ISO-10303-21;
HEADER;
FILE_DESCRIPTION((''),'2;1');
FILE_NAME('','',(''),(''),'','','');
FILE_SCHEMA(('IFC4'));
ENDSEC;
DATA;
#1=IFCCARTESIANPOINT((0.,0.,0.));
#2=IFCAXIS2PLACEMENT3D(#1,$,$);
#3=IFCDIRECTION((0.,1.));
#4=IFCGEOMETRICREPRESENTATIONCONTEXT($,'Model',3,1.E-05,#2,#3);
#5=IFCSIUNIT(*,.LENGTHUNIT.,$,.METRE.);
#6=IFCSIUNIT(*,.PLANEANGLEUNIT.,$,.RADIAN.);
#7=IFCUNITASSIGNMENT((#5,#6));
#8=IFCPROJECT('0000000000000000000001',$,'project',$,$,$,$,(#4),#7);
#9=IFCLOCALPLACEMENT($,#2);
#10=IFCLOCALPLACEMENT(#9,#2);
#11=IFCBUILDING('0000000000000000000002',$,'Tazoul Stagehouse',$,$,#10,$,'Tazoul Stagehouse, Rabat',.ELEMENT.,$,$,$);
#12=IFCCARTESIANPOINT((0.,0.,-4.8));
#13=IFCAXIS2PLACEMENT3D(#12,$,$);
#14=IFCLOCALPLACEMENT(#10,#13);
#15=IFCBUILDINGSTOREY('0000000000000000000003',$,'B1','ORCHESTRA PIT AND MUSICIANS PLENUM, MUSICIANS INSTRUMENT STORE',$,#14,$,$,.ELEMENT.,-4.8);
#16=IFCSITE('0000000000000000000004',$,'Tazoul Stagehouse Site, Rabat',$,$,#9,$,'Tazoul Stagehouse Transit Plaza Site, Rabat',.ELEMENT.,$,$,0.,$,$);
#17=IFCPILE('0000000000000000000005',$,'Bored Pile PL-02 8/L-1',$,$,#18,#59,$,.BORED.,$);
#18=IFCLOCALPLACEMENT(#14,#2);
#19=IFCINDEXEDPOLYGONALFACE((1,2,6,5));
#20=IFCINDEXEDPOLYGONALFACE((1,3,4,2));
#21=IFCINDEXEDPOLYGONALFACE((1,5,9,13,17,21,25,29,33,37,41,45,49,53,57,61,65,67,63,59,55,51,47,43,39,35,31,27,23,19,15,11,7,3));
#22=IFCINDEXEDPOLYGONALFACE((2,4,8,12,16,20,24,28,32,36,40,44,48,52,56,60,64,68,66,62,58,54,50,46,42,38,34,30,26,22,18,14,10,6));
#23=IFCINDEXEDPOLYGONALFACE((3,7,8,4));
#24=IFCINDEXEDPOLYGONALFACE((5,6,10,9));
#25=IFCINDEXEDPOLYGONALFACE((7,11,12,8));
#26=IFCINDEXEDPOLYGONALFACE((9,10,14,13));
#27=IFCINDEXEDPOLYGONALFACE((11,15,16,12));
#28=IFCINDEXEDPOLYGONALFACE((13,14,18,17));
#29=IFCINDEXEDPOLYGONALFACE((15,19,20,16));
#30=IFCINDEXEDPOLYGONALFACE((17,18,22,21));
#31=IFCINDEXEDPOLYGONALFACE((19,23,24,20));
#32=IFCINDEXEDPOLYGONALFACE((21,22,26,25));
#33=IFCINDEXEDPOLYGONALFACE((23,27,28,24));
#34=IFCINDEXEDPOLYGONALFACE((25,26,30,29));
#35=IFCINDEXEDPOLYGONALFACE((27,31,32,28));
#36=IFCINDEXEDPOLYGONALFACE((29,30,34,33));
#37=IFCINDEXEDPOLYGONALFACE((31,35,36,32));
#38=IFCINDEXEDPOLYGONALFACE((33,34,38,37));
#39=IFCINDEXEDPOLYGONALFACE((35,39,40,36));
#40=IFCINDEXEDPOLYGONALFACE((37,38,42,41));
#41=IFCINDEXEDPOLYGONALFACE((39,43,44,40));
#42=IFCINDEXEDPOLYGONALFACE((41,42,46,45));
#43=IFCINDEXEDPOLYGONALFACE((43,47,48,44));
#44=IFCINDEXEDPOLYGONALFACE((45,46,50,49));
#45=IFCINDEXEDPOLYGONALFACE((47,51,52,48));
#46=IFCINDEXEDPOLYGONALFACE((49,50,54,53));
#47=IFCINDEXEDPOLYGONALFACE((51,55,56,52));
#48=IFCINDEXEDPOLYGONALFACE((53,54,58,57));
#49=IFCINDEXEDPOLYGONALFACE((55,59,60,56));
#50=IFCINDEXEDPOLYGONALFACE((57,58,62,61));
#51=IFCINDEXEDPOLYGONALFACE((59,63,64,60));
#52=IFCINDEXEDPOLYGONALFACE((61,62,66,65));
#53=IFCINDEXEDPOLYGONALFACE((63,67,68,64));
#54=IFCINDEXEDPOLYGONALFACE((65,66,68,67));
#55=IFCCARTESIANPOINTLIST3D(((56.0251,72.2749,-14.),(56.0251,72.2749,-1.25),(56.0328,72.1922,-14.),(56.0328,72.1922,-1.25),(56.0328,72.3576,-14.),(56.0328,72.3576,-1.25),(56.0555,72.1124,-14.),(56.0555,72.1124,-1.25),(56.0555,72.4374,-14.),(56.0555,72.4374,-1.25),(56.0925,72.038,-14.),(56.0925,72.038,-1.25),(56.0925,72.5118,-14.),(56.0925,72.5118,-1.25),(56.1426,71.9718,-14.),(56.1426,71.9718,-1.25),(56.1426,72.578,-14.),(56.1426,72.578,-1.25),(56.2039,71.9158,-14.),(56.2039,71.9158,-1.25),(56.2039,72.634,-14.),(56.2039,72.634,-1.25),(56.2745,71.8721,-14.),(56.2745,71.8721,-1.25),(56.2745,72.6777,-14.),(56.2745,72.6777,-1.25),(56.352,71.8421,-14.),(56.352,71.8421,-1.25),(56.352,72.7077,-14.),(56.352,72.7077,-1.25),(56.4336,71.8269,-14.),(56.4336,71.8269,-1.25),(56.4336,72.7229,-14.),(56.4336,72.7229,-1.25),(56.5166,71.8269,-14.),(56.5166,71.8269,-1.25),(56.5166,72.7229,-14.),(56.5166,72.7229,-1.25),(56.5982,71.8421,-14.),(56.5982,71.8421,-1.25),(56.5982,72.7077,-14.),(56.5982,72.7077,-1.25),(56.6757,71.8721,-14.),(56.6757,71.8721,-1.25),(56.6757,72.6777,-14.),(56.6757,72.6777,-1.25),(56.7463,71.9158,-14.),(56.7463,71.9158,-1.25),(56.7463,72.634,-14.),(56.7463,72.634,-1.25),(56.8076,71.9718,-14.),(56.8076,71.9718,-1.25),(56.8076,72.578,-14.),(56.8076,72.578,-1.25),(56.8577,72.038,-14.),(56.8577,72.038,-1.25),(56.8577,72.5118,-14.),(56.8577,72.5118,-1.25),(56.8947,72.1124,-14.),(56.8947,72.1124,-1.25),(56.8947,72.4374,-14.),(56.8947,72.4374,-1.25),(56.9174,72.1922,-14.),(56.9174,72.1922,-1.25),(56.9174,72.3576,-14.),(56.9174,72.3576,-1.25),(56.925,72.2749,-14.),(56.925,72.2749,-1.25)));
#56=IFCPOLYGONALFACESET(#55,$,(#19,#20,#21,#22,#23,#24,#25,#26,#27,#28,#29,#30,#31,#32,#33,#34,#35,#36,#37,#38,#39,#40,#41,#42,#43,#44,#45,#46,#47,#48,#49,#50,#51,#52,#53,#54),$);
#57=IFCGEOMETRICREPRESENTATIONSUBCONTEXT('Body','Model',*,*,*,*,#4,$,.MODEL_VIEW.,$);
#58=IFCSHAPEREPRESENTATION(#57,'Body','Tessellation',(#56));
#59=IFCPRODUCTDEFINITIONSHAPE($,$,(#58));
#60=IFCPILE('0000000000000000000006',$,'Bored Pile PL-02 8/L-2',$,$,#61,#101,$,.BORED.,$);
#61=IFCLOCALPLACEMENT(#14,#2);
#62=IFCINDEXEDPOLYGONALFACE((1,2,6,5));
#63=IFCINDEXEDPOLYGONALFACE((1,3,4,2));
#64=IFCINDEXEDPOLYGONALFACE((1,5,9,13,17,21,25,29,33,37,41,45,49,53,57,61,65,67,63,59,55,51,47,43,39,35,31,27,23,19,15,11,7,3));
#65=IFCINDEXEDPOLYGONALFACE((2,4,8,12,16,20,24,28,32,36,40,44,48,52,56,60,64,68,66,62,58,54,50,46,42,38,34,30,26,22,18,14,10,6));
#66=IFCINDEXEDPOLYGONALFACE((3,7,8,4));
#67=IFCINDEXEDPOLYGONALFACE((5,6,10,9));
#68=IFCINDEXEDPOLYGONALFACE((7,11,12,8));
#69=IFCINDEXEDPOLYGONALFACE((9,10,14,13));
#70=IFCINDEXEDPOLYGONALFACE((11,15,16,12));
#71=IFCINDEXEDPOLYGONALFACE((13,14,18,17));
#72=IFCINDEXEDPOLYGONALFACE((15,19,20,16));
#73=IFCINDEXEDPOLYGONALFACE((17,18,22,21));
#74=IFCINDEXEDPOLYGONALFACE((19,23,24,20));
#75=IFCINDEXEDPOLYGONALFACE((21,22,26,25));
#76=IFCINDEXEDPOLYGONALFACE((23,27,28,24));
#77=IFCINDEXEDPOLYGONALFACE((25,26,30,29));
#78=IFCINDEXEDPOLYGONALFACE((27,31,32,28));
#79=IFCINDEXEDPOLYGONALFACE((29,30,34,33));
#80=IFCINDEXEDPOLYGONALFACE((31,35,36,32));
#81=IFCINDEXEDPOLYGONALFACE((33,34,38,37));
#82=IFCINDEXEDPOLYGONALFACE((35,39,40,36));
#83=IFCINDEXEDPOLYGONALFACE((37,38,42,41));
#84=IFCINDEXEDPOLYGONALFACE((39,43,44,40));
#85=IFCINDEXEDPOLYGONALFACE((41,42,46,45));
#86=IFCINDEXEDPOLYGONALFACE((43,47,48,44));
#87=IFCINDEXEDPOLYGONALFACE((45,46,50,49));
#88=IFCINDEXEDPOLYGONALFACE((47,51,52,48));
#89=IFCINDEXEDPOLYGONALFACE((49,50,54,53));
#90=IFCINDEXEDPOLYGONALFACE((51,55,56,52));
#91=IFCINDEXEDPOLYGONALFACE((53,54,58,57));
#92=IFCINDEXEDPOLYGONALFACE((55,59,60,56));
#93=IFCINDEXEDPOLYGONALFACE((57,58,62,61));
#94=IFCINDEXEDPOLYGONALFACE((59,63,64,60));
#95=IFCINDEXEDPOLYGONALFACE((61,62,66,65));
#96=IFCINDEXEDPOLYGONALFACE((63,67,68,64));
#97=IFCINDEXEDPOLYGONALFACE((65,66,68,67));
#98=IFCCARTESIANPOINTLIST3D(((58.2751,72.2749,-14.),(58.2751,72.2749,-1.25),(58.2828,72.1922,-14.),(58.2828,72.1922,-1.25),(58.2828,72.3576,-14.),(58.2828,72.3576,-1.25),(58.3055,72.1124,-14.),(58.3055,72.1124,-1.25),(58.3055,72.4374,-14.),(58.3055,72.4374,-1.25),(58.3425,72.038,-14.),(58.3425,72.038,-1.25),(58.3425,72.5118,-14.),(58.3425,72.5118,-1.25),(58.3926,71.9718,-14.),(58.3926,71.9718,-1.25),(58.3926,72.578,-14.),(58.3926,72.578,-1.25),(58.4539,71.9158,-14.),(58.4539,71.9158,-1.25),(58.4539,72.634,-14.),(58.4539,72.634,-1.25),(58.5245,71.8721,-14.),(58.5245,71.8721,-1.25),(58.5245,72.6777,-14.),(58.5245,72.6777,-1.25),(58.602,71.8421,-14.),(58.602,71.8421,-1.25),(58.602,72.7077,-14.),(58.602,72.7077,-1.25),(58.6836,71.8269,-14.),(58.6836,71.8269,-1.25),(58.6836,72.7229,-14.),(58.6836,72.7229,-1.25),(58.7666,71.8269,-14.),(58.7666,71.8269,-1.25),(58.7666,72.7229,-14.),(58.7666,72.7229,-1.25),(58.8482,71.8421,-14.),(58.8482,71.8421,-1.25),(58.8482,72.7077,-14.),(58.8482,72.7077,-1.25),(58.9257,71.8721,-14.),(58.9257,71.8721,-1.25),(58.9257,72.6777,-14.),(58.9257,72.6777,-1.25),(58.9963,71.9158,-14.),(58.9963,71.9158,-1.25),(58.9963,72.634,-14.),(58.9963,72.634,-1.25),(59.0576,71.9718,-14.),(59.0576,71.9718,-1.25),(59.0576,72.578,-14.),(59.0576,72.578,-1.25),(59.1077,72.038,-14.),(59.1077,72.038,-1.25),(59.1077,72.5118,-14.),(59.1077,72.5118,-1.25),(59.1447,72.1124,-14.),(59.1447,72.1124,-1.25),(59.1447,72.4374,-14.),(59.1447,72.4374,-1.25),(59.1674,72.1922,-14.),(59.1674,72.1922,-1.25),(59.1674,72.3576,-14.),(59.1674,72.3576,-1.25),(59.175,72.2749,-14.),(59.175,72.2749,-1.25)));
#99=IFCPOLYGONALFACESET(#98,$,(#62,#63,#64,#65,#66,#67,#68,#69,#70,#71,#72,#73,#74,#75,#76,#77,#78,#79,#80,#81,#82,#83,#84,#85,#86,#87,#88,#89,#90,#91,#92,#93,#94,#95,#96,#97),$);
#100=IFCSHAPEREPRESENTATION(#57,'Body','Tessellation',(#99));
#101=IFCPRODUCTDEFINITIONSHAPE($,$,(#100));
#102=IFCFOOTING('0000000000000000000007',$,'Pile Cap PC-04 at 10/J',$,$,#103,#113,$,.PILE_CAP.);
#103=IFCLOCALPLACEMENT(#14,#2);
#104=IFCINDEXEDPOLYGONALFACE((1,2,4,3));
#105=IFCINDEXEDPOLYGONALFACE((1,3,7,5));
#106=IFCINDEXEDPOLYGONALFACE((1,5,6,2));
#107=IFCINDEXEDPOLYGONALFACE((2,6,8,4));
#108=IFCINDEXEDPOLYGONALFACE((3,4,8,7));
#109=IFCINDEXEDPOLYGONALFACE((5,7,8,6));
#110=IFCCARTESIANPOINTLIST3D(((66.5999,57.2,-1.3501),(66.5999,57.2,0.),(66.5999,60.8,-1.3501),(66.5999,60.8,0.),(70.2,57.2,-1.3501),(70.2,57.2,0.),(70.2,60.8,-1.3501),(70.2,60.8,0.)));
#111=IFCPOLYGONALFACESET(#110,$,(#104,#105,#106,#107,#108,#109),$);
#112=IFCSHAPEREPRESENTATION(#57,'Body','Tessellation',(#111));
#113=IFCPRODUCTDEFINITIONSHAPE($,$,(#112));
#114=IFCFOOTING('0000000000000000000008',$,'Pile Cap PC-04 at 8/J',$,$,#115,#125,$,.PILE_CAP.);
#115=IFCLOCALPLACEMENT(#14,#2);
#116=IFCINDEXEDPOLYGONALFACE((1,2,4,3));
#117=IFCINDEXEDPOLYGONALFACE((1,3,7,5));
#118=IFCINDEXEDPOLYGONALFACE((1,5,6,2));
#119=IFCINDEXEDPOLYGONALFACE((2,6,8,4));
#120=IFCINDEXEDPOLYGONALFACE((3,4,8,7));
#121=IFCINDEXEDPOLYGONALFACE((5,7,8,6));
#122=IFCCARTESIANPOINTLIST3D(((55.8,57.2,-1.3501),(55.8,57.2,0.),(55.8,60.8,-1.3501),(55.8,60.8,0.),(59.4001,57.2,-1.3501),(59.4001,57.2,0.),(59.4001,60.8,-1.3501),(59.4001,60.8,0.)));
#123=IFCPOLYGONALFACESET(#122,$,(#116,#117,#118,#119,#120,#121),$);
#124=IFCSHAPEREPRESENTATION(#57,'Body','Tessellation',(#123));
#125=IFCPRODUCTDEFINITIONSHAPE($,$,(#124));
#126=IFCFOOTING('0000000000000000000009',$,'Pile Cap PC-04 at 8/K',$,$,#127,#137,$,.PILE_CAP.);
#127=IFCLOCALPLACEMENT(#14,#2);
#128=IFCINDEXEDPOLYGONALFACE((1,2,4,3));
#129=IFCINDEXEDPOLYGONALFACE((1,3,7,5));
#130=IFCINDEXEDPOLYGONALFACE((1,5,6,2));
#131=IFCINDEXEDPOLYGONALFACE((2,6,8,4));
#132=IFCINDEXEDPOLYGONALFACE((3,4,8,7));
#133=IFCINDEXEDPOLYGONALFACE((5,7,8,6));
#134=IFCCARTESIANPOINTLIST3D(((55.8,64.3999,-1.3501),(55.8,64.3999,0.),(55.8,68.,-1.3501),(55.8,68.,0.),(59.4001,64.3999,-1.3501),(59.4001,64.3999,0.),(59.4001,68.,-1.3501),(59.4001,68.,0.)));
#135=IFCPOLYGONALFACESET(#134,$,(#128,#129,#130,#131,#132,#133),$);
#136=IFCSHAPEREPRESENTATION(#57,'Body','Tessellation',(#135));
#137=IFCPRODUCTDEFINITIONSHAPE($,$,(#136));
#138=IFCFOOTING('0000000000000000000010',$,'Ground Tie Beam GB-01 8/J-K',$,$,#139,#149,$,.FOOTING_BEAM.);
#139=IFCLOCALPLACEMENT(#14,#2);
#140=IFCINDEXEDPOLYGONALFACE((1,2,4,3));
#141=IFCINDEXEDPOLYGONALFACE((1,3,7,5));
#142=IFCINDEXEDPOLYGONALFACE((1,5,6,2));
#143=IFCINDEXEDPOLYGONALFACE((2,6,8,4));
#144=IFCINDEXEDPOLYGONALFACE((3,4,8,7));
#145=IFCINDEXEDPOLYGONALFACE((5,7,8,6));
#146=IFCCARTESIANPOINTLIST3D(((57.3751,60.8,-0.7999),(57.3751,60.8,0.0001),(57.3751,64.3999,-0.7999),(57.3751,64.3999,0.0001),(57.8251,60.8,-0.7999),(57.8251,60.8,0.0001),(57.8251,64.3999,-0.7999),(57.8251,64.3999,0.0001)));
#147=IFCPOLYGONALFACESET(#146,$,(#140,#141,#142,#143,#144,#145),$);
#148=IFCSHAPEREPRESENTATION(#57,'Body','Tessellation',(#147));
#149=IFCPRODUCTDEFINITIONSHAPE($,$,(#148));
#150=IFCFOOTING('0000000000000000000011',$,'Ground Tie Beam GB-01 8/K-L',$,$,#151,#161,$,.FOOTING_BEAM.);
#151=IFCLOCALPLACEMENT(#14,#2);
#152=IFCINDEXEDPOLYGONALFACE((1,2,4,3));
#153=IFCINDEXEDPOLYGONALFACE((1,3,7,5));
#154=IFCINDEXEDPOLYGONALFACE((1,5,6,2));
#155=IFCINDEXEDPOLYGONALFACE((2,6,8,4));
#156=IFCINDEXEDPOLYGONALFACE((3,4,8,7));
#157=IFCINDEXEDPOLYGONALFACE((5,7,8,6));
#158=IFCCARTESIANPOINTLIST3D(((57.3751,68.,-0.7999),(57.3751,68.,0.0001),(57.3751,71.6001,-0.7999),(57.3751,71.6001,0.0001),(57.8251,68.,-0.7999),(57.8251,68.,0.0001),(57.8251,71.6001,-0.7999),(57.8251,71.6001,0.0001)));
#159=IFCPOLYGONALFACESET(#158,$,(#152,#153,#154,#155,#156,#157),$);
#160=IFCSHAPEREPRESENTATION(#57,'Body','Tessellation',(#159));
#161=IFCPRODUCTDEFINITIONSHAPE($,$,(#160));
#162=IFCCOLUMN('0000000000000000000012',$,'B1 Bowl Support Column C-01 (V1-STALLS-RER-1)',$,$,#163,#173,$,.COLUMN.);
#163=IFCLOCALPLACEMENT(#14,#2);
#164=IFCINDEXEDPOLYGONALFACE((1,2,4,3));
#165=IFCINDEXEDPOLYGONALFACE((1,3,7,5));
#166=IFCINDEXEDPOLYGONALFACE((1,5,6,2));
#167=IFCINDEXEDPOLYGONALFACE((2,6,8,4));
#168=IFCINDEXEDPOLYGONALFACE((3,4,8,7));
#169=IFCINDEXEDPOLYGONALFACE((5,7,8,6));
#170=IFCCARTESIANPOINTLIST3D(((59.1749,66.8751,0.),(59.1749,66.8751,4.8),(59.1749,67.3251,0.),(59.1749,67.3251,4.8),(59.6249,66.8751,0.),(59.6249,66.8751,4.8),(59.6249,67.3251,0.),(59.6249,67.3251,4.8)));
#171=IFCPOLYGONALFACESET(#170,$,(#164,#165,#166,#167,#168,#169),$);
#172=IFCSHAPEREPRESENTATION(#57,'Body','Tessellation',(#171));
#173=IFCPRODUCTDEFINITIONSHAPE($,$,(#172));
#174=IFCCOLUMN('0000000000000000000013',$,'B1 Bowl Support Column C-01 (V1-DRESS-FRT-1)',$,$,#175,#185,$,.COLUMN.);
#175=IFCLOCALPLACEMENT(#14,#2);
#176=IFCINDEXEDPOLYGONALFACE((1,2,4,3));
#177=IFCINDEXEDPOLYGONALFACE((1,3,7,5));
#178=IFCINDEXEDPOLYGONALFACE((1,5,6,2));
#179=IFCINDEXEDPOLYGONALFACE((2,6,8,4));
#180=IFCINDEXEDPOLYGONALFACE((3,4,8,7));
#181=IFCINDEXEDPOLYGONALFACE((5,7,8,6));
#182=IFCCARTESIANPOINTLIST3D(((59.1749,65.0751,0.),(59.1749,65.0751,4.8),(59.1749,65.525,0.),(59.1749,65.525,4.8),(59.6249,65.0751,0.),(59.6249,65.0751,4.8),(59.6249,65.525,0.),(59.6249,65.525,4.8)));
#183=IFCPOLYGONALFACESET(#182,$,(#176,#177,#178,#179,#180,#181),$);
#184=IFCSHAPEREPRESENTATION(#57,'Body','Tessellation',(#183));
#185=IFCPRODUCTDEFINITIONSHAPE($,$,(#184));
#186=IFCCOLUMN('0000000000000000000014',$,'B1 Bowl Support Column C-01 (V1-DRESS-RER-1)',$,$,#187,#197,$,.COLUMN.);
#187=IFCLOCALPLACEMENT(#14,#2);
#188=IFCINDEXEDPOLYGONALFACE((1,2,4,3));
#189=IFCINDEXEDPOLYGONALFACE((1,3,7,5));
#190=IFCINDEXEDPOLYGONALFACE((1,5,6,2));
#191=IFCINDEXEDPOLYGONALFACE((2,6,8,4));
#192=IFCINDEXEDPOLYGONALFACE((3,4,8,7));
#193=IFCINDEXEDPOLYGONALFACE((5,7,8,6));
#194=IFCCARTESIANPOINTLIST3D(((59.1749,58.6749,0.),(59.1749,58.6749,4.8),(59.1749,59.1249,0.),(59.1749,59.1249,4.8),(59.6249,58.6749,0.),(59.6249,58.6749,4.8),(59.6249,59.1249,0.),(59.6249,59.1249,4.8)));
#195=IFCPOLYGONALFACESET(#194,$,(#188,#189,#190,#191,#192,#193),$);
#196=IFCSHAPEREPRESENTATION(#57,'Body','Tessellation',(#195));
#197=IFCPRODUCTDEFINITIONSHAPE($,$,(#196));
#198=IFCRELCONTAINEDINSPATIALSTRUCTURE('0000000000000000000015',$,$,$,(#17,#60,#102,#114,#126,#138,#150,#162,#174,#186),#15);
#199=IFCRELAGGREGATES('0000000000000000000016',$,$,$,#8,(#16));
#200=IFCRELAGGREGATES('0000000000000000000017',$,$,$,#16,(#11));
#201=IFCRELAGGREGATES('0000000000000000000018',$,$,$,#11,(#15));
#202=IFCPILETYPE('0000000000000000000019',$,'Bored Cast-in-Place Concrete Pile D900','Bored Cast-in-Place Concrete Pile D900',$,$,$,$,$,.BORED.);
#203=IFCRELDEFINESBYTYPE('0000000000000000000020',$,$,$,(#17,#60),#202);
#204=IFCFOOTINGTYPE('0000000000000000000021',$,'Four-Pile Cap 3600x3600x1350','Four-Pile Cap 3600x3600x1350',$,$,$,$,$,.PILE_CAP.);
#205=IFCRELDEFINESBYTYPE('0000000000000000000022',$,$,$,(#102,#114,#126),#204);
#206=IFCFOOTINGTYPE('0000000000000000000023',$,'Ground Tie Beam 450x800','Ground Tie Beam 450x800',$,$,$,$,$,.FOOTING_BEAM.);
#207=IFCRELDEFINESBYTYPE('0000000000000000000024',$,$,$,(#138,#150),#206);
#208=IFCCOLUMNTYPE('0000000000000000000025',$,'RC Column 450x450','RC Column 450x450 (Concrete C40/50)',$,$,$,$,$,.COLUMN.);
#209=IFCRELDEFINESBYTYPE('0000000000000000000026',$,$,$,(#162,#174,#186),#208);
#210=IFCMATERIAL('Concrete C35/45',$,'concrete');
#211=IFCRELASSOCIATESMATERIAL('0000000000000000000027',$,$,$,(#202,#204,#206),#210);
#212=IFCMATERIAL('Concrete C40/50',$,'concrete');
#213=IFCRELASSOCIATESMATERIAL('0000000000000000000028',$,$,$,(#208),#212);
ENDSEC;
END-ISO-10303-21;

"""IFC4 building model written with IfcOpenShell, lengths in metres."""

from ifc_helpers import new_model, si_unit, direction, frame, origin, origin_2d, place, context, subcontext, project, spatial, rectangle, circle, extrude, material, material_profile, profile_set, type_object, element, save


model = new_model("IFC4")

# Units and contexts
model_context = context("Model", 3, precision=1e-05, world=origin(), true_north=direction((0.0, 1.0)))
body_context = subcontext(model_context, "Body", "Model", "MODEL_VIEW")
ifc_project = project(units=[si_unit("LENGTHUNIT", "METRE"), si_unit("PLANEANGLEUNIT", "RADIAN")], contexts=[model_context])

# Site, building, storey
site_placement = place(None, origin())
site = spatial("IfcSite", under=ifc_project, at=site_placement, Name="Tazoul Stagehouse Site, Rabat", LongName="Tazoul Stagehouse Transit Plaza Site, Rabat", CompositionType="ELEMENT", RefElevation=0.0)
building_placement = place(site_placement, origin())
building = spatial("IfcBuilding", under=site, at=building_placement, Name="Tazoul Stagehouse", LongName="Tazoul Stagehouse, Rabat", CompositionType="ELEMENT")
storey_placement = place(building_placement, frame((0.0, 0.0, -4.8)))
storey = spatial("IfcBuildingStorey", under=building, at=storey_placement, Name="B1", Description="ORCHESTRA PIT AND MUSICIANS PLENUM, MUSICIANS INSTRUMENT STORE", CompositionType="ELEMENT", Elevation=-4.8)

# Piles
ifc_material_1 = material(Name="Concrete C35/45", Category="concrete")
ifc_material_profile_1 = material_profile(ifc_material_1, circle(Radius=0.45, at=origin_2d()), Name="BORED PILE 900")
ifc_profile_set_1 = profile_set([ifc_material_profile_1], Name="Concrete C35/45")
pile_type = type_object("IfcPileType", Name="Bored Cast-in-Place Concrete Pile D900", Description="Bored Cast-in-Place Concrete Pile D900", PredefinedType="BORED", material=ifc_profile_set_1)
for number, where, z_axis, x_axis, name in (
    (1, (56.4751, 72.2749, -1.25), (0.0, 0.0, -1.0), (1.0, 0.0, 0.0), "Bored Pile PL-02 8/L-1"),
    (2, (58.7251, 72.2749, -1.25), (0.0, 0.0, -1.0), (1.0, 0.0, 0.0), "Bored Pile PL-02 8/L-2"),
):
    element("IfcPile", number, at=place(storey_placement, frame(where, z_axis=z_axis, x_axis=x_axis)), inside=storey, type_object=pile_type, Name=name, PredefinedType="BORED", context=body_context, shape_type="SweptSolid", body=[
        extrude(circle(Radius=0.45, at=origin_2d()), origin(), (0.0, 0.0, 1.0), 12.75),
    ])

# Footings
footing_type_1 = type_object("IfcFootingType", Name="Four-Pile Cap 3600x3600x1350", Description="Four-Pile Cap 3600x3600x1350", PredefinedType="PILE_CAP", material=ifc_material_1)
for number, where, z_axis, x_axis, name in (
    (3, (68.3999, 59.0, -1.3501), (0.0, 0.0, 1.0), (1.0, 0.0, 0.0), "Pile Cap PC-04 at 10/J"),
    (4, (57.6001, 59.0, -1.3501), (0.0, 0.0, 1.0), (1.0, 0.0, 0.0), "Pile Cap PC-04 at 8/J"),
    (5, (57.6001, 66.2, -1.3501), (0.0, 0.0, 1.0), (1.0, 0.0, 0.0), "Pile Cap PC-04 at 8/K"),
):
    element("IfcFooting", number, at=place(storey_placement, frame(where, z_axis=z_axis, x_axis=x_axis)), inside=storey, type_object=footing_type_1, Name=name, PredefinedType="PILE_CAP", context=body_context, shape_type="SweptSolid", body=[
        extrude(rectangle(XDim=3.6001, YDim=3.6001, at=origin_2d()), origin(), (0.0, 0.0, 1.0), 1.3501),
    ])
ifc_material_profile_2 = material_profile(ifc_material_1, rectangle(XDim=0.45, YDim=0.8, at=origin_2d()), Name="RC 450x800")
ifc_profile_set_2 = profile_set([ifc_material_profile_2], Name="Concrete C35/45")
footing_type_2 = type_object("IfcFootingType", Name="Ground Tie Beam 450x800", Description="Ground Tie Beam 450x800", PredefinedType="FOOTING_BEAM", material=ifc_profile_set_2)
footing_1_placement = place(storey_placement, frame((57.6001, 60.8, -0.3999), z_axis=(0.0, 1.0, 0.0), x_axis=(-1.0, 0.0, 0.0)))
element("IfcFooting", 6, at=footing_1_placement, inside=storey, type_object=footing_type_2, Name="Ground Tie Beam GB-01 8/J-K", PredefinedType="FOOTING_BEAM", context=body_context, shape_type="SweptSolid", body=[
    extrude(rectangle(XDim=0.45, YDim=0.8, at=origin_2d()), origin(), (0.0, 0.0, 1.0), 3.5999),
])
footing_2_placement = place(storey_placement, frame((57.6001, 68.0, -0.3999), z_axis=(0.0, 1.0, 0.0), x_axis=(-1.0, 0.0, 0.0)))
element("IfcFooting", 7, at=footing_2_placement, inside=storey, type_object=footing_type_2, Name="Ground Tie Beam GB-01 8/K-L", PredefinedType="FOOTING_BEAM", context=body_context, shape_type="SweptSolid", body=[
    extrude(rectangle(XDim=0.45, YDim=0.8, at=origin_2d()), origin(), (0.0, 0.0, 1.0), 3.6001),
])

# Columns
ifc_material_2 = material(Name="Concrete C40/50", Category="concrete")
ifc_material_profile_3 = material_profile(ifc_material_2, rectangle(XDim=0.45, YDim=0.45, at=origin_2d()), Name="RC 450x450")
ifc_profile_set_3 = profile_set([ifc_material_profile_3], Name="Concrete C40/50")
column_type_1 = type_object("IfcColumnType", Name="RC Column 450x450", Description="RC Column 450x450 (Concrete C40/50)", PredefinedType="COLUMN", material=ifc_profile_set_3)
for number, where, z_axis, x_axis, name in (
    (8, (59.3999, 67.1001, 0.0), (0.0, 0.0, 1.0), (1.0, 0.0, 0.0), "B1 Bowl Support Column C-01 (V1-STALLS-RER-1)"),
    (9, (59.3999, 65.3, 0.0), (0.0, 0.0, 1.0), (1.0, 0.0, 0.0), "B1 Bowl Support Column C-01 (V1-DRESS-FRT-1)"),
    (10, (59.3999, 58.8999, 0.0), (0.0, 0.0, 1.0), (1.0, 0.0, 0.0), "B1 Bowl Support Column C-01 (V1-DRESS-RER-1)"),
):
    element("IfcColumn", number, at=place(storey_placement, frame(where, z_axis=z_axis, x_axis=x_axis)), inside=storey, type_object=column_type_1, Name=name, PredefinedType="COLUMN", context=body_context, shape_type="SweptSolid", body=[
        extrude(rectangle(XDim=0.45, YDim=0.45, at=origin_2d()), origin(), (0.0, 0.0, 1.0), 4.8),
    ])

save(model, "model.ifc")
